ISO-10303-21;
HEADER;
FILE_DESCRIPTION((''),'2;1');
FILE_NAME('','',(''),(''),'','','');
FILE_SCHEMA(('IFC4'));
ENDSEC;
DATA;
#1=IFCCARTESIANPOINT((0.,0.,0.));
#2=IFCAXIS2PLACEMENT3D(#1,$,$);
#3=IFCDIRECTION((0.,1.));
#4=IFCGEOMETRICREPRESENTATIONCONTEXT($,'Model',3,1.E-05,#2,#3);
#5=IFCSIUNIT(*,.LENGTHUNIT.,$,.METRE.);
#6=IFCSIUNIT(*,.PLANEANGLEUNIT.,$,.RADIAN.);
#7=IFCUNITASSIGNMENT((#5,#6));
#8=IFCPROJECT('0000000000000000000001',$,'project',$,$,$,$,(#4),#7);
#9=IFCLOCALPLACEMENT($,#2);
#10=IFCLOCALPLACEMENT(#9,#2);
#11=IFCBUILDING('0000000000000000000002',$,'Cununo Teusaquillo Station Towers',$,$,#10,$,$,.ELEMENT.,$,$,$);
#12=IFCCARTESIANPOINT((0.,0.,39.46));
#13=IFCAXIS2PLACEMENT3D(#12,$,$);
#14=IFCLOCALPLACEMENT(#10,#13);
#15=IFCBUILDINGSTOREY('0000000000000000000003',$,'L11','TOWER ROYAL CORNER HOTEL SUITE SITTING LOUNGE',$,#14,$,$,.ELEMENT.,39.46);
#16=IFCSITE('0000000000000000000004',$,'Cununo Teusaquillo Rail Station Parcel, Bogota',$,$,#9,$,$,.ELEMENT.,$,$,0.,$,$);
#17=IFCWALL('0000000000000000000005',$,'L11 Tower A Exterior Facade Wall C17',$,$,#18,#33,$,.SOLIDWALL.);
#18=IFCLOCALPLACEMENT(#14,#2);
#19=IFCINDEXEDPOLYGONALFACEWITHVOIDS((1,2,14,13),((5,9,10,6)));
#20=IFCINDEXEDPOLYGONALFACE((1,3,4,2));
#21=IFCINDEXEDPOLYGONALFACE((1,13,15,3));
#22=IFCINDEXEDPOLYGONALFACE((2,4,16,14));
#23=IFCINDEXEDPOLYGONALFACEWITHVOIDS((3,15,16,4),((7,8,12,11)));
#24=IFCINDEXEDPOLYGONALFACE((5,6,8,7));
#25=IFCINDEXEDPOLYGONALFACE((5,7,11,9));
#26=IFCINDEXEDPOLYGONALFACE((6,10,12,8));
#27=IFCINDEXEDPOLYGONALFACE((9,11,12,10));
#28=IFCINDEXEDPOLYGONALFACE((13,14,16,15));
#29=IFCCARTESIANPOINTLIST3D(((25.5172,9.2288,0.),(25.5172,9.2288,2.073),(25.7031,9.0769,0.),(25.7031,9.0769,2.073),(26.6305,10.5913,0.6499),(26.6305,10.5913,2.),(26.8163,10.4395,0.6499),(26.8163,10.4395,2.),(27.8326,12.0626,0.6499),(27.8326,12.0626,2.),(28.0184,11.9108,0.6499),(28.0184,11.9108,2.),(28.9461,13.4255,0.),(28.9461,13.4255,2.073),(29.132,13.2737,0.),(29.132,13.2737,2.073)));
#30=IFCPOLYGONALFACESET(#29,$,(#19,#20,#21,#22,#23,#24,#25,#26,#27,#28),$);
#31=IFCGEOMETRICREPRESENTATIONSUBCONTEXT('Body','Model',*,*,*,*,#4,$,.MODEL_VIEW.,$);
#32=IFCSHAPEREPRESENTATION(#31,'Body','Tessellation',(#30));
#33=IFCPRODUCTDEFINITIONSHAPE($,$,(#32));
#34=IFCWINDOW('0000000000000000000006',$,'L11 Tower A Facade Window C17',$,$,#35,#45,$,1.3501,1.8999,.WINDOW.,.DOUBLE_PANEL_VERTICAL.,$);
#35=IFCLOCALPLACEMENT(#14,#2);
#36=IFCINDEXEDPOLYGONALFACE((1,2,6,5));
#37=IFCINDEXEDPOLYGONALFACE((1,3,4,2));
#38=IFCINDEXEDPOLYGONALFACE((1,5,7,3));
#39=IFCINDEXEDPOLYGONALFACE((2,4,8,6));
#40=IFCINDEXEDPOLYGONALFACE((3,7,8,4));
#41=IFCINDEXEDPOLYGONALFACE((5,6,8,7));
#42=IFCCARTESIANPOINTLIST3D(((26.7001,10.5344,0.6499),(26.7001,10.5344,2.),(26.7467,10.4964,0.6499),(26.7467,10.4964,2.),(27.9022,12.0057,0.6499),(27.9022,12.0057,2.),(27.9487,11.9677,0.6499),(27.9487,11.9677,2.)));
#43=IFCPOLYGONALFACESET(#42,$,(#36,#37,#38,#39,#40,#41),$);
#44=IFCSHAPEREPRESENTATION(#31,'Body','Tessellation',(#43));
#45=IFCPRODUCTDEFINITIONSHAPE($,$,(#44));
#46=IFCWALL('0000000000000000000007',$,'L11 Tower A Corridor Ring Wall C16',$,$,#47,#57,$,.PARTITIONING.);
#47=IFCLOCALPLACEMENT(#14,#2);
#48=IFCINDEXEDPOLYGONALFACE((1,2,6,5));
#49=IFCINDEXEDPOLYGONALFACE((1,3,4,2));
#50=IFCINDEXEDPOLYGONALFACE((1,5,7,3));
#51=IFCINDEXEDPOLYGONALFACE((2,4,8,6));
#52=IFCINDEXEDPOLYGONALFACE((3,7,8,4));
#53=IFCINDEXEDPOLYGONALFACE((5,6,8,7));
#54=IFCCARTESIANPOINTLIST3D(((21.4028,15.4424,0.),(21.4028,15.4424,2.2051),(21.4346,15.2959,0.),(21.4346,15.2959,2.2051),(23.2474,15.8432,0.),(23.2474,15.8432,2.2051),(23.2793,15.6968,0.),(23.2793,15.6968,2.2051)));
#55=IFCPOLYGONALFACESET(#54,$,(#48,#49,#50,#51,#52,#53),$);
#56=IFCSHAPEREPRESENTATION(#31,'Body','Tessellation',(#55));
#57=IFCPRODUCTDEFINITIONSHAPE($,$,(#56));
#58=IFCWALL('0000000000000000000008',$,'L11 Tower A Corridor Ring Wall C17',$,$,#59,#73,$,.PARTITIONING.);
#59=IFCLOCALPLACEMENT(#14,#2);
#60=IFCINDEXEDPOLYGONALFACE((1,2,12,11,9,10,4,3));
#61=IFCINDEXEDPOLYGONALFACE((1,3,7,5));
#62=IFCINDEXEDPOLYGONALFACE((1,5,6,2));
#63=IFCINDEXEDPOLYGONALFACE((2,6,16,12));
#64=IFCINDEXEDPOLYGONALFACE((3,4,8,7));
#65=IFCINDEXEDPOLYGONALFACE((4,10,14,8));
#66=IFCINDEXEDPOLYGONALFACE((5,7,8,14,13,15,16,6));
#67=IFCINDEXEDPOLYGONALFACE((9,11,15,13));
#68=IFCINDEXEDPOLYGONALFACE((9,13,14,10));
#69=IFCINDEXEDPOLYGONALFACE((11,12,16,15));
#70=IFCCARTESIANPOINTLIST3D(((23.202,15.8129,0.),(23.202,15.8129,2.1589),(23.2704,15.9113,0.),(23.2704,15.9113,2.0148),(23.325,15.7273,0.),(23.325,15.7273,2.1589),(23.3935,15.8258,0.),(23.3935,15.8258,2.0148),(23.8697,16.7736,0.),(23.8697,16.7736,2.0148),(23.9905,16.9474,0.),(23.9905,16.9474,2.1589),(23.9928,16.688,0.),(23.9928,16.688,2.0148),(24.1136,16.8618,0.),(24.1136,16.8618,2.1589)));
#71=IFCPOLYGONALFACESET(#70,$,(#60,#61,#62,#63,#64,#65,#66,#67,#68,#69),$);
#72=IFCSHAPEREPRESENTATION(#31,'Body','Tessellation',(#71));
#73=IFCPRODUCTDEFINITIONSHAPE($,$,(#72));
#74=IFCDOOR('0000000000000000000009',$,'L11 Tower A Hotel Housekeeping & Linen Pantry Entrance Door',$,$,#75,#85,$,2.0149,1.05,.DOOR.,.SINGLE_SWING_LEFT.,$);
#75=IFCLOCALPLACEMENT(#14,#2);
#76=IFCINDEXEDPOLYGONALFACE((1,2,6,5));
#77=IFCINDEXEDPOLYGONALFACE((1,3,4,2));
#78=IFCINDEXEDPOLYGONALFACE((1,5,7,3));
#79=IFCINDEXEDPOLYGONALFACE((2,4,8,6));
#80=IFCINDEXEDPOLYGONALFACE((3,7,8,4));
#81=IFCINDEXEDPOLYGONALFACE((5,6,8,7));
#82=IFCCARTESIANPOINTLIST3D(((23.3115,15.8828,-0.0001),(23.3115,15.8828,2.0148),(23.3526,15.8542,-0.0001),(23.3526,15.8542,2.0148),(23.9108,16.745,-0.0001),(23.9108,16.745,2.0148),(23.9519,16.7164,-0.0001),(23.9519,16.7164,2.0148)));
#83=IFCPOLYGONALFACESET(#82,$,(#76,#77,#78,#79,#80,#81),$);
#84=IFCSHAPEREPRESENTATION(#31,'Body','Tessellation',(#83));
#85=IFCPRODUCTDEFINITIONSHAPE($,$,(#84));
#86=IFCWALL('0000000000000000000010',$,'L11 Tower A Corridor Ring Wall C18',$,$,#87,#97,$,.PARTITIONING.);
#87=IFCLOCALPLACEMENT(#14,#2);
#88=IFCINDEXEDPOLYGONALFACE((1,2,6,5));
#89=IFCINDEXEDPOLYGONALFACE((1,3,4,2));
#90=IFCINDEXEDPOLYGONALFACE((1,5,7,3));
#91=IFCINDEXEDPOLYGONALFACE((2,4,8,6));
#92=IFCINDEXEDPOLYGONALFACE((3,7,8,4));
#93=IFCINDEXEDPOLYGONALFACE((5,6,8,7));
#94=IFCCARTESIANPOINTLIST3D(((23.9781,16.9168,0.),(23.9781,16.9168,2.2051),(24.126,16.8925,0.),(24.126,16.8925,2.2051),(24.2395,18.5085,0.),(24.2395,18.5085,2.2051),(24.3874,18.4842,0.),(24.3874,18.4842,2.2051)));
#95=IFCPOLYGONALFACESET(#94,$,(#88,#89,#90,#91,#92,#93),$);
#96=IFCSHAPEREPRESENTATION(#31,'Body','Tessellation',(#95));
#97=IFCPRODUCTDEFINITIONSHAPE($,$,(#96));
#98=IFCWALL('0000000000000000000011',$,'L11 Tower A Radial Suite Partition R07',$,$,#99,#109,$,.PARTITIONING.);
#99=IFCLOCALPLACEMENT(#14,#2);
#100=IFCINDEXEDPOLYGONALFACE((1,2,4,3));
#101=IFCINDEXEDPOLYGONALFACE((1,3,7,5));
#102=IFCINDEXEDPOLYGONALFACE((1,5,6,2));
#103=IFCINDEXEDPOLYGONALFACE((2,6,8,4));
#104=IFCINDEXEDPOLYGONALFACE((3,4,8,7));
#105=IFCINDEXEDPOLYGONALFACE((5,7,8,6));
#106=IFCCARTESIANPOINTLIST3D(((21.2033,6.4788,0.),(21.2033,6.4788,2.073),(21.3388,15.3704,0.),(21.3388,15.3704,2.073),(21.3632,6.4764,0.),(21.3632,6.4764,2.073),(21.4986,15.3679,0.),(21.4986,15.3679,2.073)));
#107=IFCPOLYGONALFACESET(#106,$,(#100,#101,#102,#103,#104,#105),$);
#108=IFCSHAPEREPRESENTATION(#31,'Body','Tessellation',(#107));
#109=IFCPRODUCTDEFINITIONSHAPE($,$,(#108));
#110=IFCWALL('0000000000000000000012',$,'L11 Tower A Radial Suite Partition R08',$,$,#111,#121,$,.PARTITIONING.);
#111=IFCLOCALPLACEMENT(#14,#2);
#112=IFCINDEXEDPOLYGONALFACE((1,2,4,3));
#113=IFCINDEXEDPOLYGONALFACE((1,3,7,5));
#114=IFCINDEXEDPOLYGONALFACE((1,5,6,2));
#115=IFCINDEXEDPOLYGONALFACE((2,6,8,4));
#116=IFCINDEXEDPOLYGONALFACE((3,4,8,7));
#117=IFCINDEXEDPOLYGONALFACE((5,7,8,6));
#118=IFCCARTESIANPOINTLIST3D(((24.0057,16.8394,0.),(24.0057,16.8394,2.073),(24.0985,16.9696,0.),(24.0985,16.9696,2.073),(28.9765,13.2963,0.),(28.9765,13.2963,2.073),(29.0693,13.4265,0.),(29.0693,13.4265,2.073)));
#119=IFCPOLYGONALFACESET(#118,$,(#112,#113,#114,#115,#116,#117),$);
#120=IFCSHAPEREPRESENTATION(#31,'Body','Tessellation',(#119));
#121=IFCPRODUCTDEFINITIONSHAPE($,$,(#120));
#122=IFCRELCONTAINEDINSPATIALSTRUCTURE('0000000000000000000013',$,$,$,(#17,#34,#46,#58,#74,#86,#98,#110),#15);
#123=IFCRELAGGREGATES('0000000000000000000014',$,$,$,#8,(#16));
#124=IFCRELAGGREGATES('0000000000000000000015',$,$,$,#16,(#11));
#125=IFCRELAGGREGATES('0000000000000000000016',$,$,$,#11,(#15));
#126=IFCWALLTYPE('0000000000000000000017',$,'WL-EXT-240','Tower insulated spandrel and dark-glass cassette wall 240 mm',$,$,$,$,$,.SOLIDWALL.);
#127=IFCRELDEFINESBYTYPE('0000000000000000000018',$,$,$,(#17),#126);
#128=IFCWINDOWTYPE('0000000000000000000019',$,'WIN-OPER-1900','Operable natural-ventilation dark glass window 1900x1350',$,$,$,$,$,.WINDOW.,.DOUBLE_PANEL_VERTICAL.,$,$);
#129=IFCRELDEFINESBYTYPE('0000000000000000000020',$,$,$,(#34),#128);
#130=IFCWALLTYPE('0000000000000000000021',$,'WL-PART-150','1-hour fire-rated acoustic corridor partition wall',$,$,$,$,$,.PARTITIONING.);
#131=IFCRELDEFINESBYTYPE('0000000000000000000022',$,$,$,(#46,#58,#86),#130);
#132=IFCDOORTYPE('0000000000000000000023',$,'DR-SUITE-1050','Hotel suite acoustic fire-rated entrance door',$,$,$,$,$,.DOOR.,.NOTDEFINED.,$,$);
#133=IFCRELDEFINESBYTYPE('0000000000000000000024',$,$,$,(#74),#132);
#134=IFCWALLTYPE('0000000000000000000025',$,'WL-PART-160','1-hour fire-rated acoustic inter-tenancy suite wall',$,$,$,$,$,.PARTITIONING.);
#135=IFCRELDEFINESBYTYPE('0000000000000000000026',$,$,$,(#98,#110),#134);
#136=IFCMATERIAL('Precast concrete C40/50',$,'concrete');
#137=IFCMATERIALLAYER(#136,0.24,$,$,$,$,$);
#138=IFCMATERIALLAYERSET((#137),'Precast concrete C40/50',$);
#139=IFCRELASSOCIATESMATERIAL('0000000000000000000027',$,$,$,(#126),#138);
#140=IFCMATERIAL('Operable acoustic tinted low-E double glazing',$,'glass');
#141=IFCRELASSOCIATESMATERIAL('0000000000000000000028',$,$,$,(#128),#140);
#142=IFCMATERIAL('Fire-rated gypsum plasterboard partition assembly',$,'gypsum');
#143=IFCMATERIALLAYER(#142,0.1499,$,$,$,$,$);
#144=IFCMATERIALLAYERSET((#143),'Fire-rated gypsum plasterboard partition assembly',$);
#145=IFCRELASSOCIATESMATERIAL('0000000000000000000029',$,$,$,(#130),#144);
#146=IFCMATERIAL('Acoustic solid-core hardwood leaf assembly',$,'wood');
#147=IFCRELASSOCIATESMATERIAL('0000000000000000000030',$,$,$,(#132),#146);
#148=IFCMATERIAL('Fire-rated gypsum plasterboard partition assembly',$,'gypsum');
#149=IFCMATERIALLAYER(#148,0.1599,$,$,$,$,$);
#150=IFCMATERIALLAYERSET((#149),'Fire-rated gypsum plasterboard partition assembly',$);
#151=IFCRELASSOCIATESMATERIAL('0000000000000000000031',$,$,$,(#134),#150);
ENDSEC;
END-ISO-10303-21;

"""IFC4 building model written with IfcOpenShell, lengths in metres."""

from ifc_helpers import new_model, si_unit, direction, frame, frame_2d, origin, place, context, subcontext, project, spatial, rectangle, extrude, source, transform, mapped, material, layer, layer_set, type_object, element, fill, save


model = new_model("IFC4")

# Units and contexts
model_context = context("Model", 3, precision=1e-05, world=origin(), true_north=direction((0.0, 1.0)))
body_context = subcontext(model_context, "Body", "Model", "MODEL_VIEW")
ifc_project = project(units=[si_unit("LENGTHUNIT", "METRE"), si_unit("PLANEANGLEUNIT", "RADIAN")], contexts=[model_context])

# Site, building, storey
site_placement = place(None, origin())
site = spatial("IfcSite", under=ifc_project, at=site_placement, Name="Cununo Teusaquillo Rail Station Parcel, Bogota", CompositionType="ELEMENT", RefElevation=0.0)
building_placement = place(site_placement, origin())
building = spatial("IfcBuilding", under=site, at=building_placement, Name="Cununo Teusaquillo Station Towers", CompositionType="ELEMENT")
storey_placement = place(building_placement, frame((0.0, 0.0, 39.46)))
storey = spatial("IfcBuildingStorey", under=building, at=storey_placement, Name="L11", Description="TOWER ROYAL CORNER HOTEL SUITE SITTING LOUNGE", CompositionType="ELEMENT", Elevation=39.46)

# Shared definitions
ifc_material_1 = material(Name="Precast concrete C40/50", Category="concrete")
ifc_layer_1 = layer(ifc_material_1, 0.24)
ifc_layer_set_1 = layer_set([ifc_layer_1], Name="Precast concrete C40/50")
wall_type_1 = type_object("IfcWallType", Name="WL-EXT-240", Description="Tower insulated spandrel and dark-glass cassette wall 240 mm", PredefinedType="SOLIDWALL", material=ifc_layer_set_1)

# Wall, opening, window
wall_1_placement = place(storey_placement, frame((29.0391, 13.3496, 0.0), z_axis=(0.0, 0.0, 1.0), x_axis=(-0.63271, -0.774389, 0.0)))
wall_1 = element("IfcWall", 1, at=wall_1_placement, inside=storey, type_object=wall_type_1, Name="L11 Tower A Exterior Facade Wall C17", PredefinedType="SOLIDWALL", context=body_context, shape_type="SweptSolid", body=[
    extrude(rectangle(XDim=5.4194, YDim=0.24, at=frame_2d((2.7097, 0.0))), origin(), (0.0, 0.0, 1.0), 2.073),
])
shared_shape_1 = source(origin(), body_context, "Body", "SweptSolid", [
    extrude(rectangle(XDim=1.8999, YDim=1.3501, at=frame_2d((0.95, 0.675))), frame((0.0, 0.1299, 0.0), z_axis=(0.0, -1.0, 0.0), x_axis=(1.0, 0.0, 0.0)), (0.0, 0.0, 1.0), 0.26),
])
opening_1_placement = place(wall_1_placement, frame((1.76, 0.0, 0.6499)))
opening_1 = element("IfcOpeningElement", 2, at=opening_1_placement, cuts=wall_1, PredefinedType="OPENING", context=body_context, shape_type="MappedRepresentation", body=[
    mapped(shared_shape_1, transform((0.0, 0.0, 0.0), x_axis=(1.0, 0.0, 0.0), y_axis=(0.0, 1.0, 0.0), z_axis=(0.0, 0.0, 1.0), scale=1.0)),
])
ifc_material_2 = material(Name="Operable acoustic tinted low-E double glazing", Category="glass")
window_type = type_object("IfcWindowType", Name="WIN-OPER-1900", Description="Operable natural-ventilation dark glass window 1900x1350", PartitioningType="DOUBLE_PANEL_VERTICAL", PredefinedType="WINDOW", material=ifc_material_2)
shared_shape_2 = source(origin(), body_context, "Body", "SweptSolid", [
    extrude(rectangle(XDim=1.8999, YDim=1.3501, at=frame_2d((0.95, 0.675))), frame((0.0, 0.03, 0.0), z_axis=(0.0, -1.0, 0.0), x_axis=(1.0, 0.0, 0.0)), (0.0, 0.0, 1.0), 0.0601),
])
window_placement = place(opening_1_placement, origin())
window = element("IfcWindow", 3, at=window_placement, inside=storey, type_object=window_type, Name="L11 Tower A Facade Window C17", OverallHeight=1.3501, OverallWidth=1.8999, PartitioningType="DOUBLE_PANEL_VERTICAL", PredefinedType="WINDOW", context=body_context, shape_type="MappedRepresentation", body=[
    mapped(shared_shape_2, transform((0.0, 0.0, 0.0), x_axis=(1.0, 0.0, 0.0), y_axis=(0.0, 1.0, 0.0), z_axis=(0.0, 0.0, 1.0), scale=1.0)),
])
fill(opening_1, window)

# Wall
ifc_material_3 = material(Name="Fire-rated gypsum plasterboard partition assembly", Category="gypsum")
ifc_layer_2 = layer(ifc_material_3, 0.1499)
ifc_layer_set_2 = layer_set([ifc_layer_2], Name="Fire-rated gypsum plasterboard partition assembly")
wall_type_2 = type_object("IfcWallType", Name="WL-PART-150", Description="1-hour fire-rated acoustic corridor partition wall", PredefinedType="PARTITIONING", material=ifc_layer_set_2)
wall_2_placement = place(storey_placement, frame((21.4187, 15.3691, 0.0), z_axis=(0.0, 0.0, 1.0), x_axis=(0.977193, 0.212354, 0.0)))
element("IfcWall", 4, at=wall_2_placement, inside=storey, type_object=wall_type_2, Name="L11 Tower A Corridor Ring Wall C16", PredefinedType="PARTITIONING", context=body_context, shape_type="SweptSolid", body=[
    extrude(rectangle(XDim=1.8877, YDim=0.1499, at=frame_2d((0.9438, 0.0))), origin(), (0.0, 0.0, 1.0), 2.2051),
])

# Wall, opening, door
wall_3_placement = place(storey_placement, frame((23.2634, 15.77, 0.0), z_axis=(0.0, 0.0, 1.0), x_axis=(0.570743, 0.821128, 0.0)))
wall_3 = element("IfcWall", 5, at=wall_3_placement, inside=storey, type_object=wall_type_2, Name="L11 Tower A Corridor Ring Wall C17", PredefinedType="PARTITIONING", context=body_context, shape_type="SweptSolid", body=[
    extrude(rectangle(XDim=1.3816, YDim=0.1499, at=frame_2d((0.6909, 0.0))), origin(), (0.0, 0.0, 1.0), 2.1589),
])
shared_shape_3 = source(origin(), body_context, "Body", "SweptSolid", [
    extrude(rectangle(XDim=1.05, YDim=2.0149, at=frame_2d((0.5249, 1.0073))), frame((0.0, 0.085, 0.0), z_axis=(0.0, -1.0, 0.0), x_axis=(1.0, 0.0, 0.0)), (0.0, 0.0, 1.0), 0.1699),
])
opening_2_placement = place(wall_3_placement, frame((0.1201, 0.0, 0.0)))
opening_2 = element("IfcOpeningElement", 6, at=opening_2_placement, cuts=wall_3, PredefinedType="OPENING", context=body_context, shape_type="MappedRepresentation", body=[
    mapped(shared_shape_3, transform((0.0, 0.0, 0.0), x_axis=(1.0, 0.0, 0.0), y_axis=(0.0, 1.0, 0.0), z_axis=(0.0, 0.0, 1.0), scale=1.0)),
])
ifc_material_4 = material(Name="Acoustic solid-core hardwood leaf assembly", Category="wood")
door_type = type_object("IfcDoorType", Name="DR-SUITE-1050", Description="Hotel suite acoustic fire-rated entrance door", OperationType="NOTDEFINED", PredefinedType="DOOR", material=ifc_material_4)
shared_shape_4 = source(origin(), body_context, "Body", "SweptSolid", [
    extrude(rectangle(XDim=1.05, YDim=2.0149, at=frame_2d((0.5249, 1.0073))), frame((0.0, 0.0249, 0.0), z_axis=(0.0, -1.0, 0.0), x_axis=(1.0, 0.0, 0.0)), (0.0, 0.0, 1.0), 0.05),
])
door_placement = place(opening_2_placement, origin())
door = element("IfcDoor", 7, at=door_placement, inside=storey, type_object=door_type, Name="L11 Tower A Hotel Housekeeping & Linen Pantry Entrance Door", OperationType="SINGLE_SWING_LEFT", OverallHeight=2.0149, OverallWidth=1.05, PredefinedType="DOOR", context=body_context, shape_type="MappedRepresentation", body=[
    mapped(shared_shape_4, transform((0.0, 0.0, 0.0), x_axis=(1.0, 0.0, 0.0), y_axis=(0.0, 1.0, 0.0), z_axis=(0.0, 0.0, 1.0), scale=1.0)),
])
fill(opening_2, door)

# Walls
wall_4_placement = place(storey_placement, frame((24.052, 16.9045, 0.0), z_axis=(0.0, 0.0, 1.0), x_axis=(0.162092, 0.986776, 0.0)))
element("IfcWall", 8, at=wall_4_placement, inside=storey, type_object=wall_type_2, Name="L11 Tower A Corridor Ring Wall C18", PredefinedType="PARTITIONING", context=body_context, shape_type="SweptSolid", body=[
    extrude(rectangle(XDim=1.613, YDim=0.1499, at=frame_2d((0.8066, 0.0))), origin(), (0.0, 0.0, 1.0), 2.2051),
])
ifc_material_5 = material(Name="Fire-rated gypsum plasterboard partition assembly", Category="gypsum")
ifc_layer_3 = layer(ifc_material_5, 0.1599)
ifc_layer_set_3 = layer_set([ifc_layer_3], Name="Fire-rated gypsum plasterboard partition assembly")
wall_type_3 = type_object("IfcWallType", Name="WL-PART-160", Description="1-hour fire-rated acoustic inter-tenancy suite wall", PredefinedType="PARTITIONING", material=ifc_layer_set_3)
wall_5_placement = place(storey_placement, frame((21.4187, 15.3691, 0.0), z_axis=(0.0, 0.0, 1.0), x_axis=(-0.015237, -0.999884, 0.0)))
element("IfcWall", 9, at=wall_5_placement, inside=storey, type_object=wall_type_3, Name="L11 Tower A Radial Suite Partition R07", PredefinedType="PARTITIONING", context=body_context, shape_type="SweptSolid", body=[
    extrude(rectangle(XDim=8.8926, YDim=0.1599, at=frame_2d((4.4463, 0.0))), origin(), (0.0, 0.0, 1.0), 2.073),
])
wall_6_placement = place(storey_placement, frame((24.052, 16.9045, 0.0), z_axis=(0.0, 0.0, 1.0), x_axis=(0.814317, -0.580421, 0.0)))
element("IfcWall", 10, at=wall_6_placement, inside=storey, type_object=wall_type_3, Name="L11 Tower A Radial Suite Partition R08", PredefinedType="PARTITIONING", context=body_context, shape_type="SweptSolid", body=[
    extrude(rectangle(XDim=6.1042, YDim=0.1599, at=frame_2d((3.0522, 0.0))), origin(), (0.0, 0.0, 1.0), 2.073),
])

save(model, "model.ifc")
